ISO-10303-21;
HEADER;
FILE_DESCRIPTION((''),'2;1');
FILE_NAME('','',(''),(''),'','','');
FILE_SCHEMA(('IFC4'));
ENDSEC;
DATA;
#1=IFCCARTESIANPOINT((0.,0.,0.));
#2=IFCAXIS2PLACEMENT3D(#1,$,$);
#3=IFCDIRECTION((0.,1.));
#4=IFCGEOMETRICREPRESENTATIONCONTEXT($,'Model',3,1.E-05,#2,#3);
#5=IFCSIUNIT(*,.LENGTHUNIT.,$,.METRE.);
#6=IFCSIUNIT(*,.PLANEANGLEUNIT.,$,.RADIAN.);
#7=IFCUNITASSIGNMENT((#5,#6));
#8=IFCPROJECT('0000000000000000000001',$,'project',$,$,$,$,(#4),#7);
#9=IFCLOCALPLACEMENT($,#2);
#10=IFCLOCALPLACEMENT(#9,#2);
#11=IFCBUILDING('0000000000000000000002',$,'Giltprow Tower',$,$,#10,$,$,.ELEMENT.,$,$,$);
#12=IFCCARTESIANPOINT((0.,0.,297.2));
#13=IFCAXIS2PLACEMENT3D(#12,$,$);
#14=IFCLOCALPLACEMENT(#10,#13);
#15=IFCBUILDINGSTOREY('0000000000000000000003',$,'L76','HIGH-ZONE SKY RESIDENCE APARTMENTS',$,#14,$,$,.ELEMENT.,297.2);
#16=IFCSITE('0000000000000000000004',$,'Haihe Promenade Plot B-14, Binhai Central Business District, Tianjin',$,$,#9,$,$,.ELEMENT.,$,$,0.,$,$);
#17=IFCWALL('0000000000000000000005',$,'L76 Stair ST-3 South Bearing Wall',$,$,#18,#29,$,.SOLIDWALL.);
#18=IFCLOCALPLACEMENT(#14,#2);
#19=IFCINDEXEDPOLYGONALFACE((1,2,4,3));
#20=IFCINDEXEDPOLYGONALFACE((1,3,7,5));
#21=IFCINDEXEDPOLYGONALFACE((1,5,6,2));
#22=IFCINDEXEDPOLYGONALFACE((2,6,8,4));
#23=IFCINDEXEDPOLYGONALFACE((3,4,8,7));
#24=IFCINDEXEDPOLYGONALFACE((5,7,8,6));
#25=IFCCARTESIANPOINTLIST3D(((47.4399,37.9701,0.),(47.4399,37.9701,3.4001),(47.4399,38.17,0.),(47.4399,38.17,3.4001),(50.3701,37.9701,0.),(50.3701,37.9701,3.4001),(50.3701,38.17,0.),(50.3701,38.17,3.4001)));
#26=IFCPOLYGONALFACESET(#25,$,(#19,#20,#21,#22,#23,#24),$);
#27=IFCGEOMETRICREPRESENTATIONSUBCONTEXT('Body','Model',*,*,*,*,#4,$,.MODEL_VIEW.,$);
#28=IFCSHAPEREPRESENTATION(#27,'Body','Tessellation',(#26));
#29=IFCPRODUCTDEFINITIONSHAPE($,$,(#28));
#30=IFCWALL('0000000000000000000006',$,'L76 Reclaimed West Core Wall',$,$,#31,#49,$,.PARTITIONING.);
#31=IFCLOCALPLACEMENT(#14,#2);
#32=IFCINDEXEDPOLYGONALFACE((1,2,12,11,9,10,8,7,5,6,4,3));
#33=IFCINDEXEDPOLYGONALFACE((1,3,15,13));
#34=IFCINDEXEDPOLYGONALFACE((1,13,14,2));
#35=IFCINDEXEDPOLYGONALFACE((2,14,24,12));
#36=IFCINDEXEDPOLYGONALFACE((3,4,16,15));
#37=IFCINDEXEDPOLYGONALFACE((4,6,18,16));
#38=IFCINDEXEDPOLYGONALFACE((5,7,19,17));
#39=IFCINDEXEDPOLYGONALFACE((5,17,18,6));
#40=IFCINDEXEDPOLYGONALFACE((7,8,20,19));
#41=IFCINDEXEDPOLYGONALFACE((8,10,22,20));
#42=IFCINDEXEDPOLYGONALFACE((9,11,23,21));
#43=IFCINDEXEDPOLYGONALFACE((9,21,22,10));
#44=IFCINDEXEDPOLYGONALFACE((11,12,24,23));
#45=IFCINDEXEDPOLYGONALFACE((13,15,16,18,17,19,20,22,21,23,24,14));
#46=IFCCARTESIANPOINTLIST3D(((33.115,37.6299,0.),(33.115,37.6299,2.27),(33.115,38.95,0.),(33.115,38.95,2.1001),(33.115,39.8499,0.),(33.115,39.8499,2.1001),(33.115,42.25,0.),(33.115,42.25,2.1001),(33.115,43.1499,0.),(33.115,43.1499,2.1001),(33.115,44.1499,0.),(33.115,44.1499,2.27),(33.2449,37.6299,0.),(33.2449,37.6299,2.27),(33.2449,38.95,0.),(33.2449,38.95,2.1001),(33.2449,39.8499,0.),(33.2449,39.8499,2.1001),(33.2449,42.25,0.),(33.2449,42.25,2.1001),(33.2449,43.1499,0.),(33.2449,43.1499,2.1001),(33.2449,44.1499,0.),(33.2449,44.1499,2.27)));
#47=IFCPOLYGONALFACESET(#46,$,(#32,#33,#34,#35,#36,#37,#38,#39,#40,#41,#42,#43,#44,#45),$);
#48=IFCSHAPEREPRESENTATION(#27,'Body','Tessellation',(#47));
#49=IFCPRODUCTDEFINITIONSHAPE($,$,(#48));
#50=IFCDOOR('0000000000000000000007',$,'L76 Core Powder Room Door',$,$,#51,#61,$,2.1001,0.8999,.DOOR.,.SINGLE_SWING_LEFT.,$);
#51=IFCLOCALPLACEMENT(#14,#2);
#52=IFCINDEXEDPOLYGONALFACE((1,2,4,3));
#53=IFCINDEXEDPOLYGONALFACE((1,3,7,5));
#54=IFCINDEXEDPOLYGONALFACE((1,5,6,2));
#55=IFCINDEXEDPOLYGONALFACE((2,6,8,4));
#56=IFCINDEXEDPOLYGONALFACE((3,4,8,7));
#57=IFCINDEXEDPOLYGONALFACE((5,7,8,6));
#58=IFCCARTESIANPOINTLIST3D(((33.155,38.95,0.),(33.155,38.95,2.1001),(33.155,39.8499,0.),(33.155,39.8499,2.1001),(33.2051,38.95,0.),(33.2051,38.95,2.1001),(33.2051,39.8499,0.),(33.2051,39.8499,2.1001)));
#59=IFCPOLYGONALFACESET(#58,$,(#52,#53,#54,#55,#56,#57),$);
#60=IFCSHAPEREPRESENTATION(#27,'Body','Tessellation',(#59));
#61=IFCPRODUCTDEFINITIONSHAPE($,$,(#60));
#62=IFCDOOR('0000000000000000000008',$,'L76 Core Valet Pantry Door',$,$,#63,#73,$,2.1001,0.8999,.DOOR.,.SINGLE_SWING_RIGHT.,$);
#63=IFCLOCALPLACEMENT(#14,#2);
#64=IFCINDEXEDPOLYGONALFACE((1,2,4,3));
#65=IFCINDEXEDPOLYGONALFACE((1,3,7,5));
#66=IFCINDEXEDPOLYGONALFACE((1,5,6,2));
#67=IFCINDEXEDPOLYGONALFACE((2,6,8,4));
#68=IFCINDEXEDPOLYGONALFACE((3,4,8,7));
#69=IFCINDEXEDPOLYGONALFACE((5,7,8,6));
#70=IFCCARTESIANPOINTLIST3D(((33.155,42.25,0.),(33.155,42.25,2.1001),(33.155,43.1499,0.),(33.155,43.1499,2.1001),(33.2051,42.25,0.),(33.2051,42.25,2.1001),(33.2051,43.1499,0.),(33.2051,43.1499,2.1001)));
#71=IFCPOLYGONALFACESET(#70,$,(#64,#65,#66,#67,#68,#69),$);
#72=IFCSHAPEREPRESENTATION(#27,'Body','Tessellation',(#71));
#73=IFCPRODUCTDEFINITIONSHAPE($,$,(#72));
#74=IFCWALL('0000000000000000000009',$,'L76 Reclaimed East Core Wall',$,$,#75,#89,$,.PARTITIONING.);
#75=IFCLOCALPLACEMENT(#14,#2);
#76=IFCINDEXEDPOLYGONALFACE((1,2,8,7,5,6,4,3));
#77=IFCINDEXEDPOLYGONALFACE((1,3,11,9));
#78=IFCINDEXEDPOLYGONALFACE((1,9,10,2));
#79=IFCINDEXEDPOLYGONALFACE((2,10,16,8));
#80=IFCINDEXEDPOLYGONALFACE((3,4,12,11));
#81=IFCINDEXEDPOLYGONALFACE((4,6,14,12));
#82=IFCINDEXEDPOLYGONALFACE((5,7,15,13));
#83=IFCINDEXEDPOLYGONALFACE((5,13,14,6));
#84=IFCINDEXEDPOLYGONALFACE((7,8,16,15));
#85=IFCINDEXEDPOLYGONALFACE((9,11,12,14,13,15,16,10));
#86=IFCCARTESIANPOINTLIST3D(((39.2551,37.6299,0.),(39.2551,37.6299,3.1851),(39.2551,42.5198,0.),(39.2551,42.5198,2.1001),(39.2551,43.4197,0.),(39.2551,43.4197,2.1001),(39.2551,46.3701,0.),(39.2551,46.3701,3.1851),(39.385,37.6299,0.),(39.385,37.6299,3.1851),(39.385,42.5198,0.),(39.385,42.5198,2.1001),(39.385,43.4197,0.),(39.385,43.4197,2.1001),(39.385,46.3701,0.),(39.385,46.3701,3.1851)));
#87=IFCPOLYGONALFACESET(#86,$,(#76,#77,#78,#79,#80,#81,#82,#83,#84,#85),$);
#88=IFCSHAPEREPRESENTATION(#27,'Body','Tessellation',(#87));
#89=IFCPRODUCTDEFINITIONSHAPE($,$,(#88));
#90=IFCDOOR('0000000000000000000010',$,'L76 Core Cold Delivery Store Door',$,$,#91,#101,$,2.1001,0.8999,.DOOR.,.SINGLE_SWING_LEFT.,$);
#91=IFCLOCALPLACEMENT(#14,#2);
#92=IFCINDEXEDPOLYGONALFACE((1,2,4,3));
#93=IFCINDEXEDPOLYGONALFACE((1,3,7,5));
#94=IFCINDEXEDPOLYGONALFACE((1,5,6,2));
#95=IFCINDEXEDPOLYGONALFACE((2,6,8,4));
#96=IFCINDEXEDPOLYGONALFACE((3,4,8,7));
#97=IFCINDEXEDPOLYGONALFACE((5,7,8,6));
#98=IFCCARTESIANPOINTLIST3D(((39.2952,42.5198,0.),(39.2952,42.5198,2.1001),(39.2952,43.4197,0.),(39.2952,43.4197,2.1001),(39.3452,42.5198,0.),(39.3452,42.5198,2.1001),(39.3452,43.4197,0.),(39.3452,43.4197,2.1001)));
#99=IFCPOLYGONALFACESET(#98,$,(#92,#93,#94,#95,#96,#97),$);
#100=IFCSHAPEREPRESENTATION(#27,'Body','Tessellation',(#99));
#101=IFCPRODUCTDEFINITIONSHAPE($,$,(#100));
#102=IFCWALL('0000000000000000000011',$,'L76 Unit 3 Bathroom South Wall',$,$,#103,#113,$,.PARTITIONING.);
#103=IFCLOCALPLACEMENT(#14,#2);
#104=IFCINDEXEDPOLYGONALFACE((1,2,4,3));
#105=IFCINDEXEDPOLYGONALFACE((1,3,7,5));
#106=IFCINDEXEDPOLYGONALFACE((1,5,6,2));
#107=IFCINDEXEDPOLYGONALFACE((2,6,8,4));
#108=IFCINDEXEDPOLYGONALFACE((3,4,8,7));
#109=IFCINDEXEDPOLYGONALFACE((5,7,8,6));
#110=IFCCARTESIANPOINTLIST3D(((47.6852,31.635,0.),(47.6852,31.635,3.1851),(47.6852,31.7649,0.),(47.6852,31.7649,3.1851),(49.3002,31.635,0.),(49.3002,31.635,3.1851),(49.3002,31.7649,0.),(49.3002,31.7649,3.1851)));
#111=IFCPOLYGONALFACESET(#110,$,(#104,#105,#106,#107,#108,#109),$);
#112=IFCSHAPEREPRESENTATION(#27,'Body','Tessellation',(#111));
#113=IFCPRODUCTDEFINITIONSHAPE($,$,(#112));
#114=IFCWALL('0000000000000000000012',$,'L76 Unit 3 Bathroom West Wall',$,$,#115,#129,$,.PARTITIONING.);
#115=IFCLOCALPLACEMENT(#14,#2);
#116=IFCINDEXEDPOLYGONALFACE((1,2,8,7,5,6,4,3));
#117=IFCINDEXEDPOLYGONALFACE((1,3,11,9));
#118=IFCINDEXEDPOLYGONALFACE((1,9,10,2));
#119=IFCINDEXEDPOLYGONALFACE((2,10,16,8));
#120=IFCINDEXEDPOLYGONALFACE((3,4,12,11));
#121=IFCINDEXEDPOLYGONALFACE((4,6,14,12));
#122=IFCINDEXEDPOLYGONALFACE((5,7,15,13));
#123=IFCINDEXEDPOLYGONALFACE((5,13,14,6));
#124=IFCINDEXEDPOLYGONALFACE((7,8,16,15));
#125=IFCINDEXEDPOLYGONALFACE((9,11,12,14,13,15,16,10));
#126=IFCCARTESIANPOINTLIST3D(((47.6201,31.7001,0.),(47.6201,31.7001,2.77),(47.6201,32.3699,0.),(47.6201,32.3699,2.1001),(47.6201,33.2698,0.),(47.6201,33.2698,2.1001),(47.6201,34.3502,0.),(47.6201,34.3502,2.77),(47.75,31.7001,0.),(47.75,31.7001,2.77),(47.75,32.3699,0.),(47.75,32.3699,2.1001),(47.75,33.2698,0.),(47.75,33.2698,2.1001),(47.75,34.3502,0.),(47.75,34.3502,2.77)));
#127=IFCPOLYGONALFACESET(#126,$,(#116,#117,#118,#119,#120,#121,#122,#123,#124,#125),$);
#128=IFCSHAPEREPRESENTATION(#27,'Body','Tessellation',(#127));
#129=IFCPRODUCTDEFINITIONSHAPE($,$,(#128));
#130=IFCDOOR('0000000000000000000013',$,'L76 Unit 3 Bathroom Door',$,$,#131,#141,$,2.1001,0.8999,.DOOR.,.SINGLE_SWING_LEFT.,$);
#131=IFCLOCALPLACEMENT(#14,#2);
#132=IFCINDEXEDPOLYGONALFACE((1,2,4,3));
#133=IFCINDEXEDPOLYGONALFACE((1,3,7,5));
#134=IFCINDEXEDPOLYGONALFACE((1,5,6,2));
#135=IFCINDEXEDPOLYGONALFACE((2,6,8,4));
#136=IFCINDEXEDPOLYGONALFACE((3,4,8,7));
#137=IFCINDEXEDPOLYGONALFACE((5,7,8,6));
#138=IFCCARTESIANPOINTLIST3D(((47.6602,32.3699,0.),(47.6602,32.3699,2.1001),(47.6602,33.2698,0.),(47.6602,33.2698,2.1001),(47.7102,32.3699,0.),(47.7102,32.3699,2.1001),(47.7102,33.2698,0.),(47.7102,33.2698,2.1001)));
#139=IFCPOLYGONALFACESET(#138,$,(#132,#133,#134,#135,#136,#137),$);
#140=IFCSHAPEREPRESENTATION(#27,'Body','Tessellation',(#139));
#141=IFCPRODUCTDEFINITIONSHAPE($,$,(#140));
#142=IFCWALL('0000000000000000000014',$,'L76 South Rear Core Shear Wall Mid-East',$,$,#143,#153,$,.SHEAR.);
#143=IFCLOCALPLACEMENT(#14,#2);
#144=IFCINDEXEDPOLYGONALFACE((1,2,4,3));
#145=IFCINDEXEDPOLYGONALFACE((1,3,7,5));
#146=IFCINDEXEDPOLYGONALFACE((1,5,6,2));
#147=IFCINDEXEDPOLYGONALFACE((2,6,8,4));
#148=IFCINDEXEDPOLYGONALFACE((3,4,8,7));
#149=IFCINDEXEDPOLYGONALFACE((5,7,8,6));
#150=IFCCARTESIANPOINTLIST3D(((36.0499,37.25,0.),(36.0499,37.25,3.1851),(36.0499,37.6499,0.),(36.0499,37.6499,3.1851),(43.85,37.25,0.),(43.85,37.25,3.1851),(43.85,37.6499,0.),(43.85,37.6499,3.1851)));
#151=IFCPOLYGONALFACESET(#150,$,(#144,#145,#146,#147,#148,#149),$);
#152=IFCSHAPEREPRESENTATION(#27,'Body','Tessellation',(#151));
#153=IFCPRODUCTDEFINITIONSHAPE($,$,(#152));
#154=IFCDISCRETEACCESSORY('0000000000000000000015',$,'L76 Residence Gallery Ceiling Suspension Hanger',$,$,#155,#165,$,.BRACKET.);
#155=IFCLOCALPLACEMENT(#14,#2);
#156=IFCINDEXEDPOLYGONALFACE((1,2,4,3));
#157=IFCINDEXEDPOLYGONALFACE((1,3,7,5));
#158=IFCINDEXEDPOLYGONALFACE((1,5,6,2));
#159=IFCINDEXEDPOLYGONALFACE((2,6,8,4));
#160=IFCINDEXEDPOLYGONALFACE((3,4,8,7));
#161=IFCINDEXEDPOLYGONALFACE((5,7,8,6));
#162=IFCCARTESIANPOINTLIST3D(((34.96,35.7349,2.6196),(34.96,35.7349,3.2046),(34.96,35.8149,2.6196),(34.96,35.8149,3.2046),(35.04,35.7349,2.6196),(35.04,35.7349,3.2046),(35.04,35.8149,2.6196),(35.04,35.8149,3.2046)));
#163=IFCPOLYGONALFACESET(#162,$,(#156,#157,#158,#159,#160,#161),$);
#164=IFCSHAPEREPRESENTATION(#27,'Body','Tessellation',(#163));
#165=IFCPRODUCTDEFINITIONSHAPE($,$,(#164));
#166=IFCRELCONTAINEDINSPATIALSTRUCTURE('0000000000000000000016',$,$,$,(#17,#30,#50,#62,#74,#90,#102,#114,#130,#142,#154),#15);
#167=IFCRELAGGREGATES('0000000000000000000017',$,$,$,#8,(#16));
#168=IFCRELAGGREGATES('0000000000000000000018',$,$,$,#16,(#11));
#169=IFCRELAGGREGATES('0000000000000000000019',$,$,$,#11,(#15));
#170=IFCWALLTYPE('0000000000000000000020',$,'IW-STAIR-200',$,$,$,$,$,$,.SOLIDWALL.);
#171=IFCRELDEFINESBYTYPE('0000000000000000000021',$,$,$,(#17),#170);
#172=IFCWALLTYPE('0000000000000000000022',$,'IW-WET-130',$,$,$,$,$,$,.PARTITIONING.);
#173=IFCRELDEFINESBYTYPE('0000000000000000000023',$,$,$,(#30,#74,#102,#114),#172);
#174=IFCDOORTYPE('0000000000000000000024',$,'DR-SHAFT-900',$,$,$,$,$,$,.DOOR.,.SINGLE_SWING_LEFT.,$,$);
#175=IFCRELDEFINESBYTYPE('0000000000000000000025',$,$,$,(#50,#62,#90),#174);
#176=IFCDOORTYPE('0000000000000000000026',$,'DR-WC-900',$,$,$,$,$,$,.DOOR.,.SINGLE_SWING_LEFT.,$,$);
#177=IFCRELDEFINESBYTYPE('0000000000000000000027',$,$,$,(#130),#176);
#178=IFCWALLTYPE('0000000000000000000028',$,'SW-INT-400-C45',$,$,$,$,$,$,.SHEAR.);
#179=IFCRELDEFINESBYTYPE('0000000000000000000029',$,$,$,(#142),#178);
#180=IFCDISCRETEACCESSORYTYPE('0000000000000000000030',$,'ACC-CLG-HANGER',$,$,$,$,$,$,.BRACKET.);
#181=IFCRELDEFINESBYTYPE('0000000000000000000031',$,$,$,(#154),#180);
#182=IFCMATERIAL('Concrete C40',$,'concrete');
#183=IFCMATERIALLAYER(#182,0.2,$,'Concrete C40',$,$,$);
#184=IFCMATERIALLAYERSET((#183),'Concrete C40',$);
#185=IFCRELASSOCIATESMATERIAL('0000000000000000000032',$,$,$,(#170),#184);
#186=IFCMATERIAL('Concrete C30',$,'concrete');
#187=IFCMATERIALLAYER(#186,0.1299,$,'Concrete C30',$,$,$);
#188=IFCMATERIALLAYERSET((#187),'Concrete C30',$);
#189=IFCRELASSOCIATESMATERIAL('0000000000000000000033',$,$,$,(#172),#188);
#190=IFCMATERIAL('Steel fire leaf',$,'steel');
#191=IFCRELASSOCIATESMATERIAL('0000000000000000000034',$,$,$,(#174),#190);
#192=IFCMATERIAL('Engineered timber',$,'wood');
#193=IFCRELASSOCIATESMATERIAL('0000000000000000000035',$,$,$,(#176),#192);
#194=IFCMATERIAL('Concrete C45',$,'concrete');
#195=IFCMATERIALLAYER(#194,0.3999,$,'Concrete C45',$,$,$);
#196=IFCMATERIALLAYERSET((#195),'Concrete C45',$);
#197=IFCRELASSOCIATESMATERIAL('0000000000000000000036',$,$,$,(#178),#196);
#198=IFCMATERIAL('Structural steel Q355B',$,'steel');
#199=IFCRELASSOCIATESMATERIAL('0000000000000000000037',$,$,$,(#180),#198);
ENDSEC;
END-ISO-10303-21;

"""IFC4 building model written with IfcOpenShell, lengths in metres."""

from ifc_helpers import new_model, si_unit, direction, frame, frame_2d, origin, origin_2d, place, context, subcontext, project, spatial, rectangle, extrude, source, transform, mapped, material, layer, layer_set, type_object, element, fill, save


model = new_model("IFC4")

# Units and contexts
model_context = context("Model", 3, precision=1e-05, world=origin(), true_north=direction((0.0, 1.0)))
body_context = subcontext(model_context, "Body", "Model", "MODEL_VIEW")
ifc_project = project(units=[si_unit("LENGTHUNIT", "METRE"), si_unit("PLANEANGLEUNIT", "RADIAN")], contexts=[model_context])

# Site, building, storey
site_placement = place(None, origin())
site = spatial("IfcSite", under=ifc_project, at=site_placement, Name="Haihe Promenade Plot B-14, Binhai Central Business District, Tianjin", CompositionType="ELEMENT", RefElevation=0.0)
building_placement = place(site_placement, origin())
building = spatial("IfcBuilding", under=site, at=building_placement, Name="Giltprow Tower", CompositionType="ELEMENT")
storey_placement = place(building_placement, frame((0.0, 0.0, 297.2)))
storey = spatial("IfcBuildingStorey", under=building, at=storey_placement, Name="L76", Description="HIGH-ZONE SKY RESIDENCE APARTMENTS", CompositionType="ELEMENT", Elevation=297.2)

# Shared definitions
ifc_material_1 = material(Name="Concrete C45", Category="concrete")

# Shared definitions
ifc_material_2 = material(Name="Structural steel Q355B", Category="steel")

# Shared definitions
ifc_material_3 = material(Name="Concrete C40", Category="concrete")

# Shared definitions
ifc_layer_1 = layer(ifc_material_3, 0.2, Name="Concrete C40")
ifc_layer_set_1 = layer_set([ifc_layer_1], Name="Concrete C40")
wall_type_1 = type_object("IfcWallType", Name="IW-STAIR-200", PredefinedType="SOLIDWALL", material=ifc_layer_set_1)
ifc_material_4 = material(Name="Steel fire leaf", Category="steel")

# Wall
wall_1_placement = place(storey_placement, frame((47.4399, 38.0701, 0.0), z_axis=(0.0, 0.0, 1.0), x_axis=(1.0, 0.0, 0.0)))
element("IfcWall", 1, at=wall_1_placement, inside=storey, type_object=wall_type_1, Name="L76 Stair ST-3 South Bearing Wall", PredefinedType="SOLIDWALL", context=body_context, shape_type="SweptSolid", body=[
    extrude(rectangle(XDim=2.9302, YDim=0.2, at=frame_2d((1.4651, 0.0))), origin(), (0.0, 0.0, 1.0), 3.4001),
])

# Wall, openings, doors
ifc_material_5 = material(Name="Concrete C30", Category="concrete")
ifc_layer_2 = layer(ifc_material_5, 0.1299, Name="Concrete C30")
ifc_layer_set_2 = layer_set([ifc_layer_2], Name="Concrete C30")
wall_type_2 = type_object("IfcWallType", Name="IW-WET-130", PredefinedType="PARTITIONING", material=ifc_layer_set_2)
wall_2_placement = place(storey_placement, frame((33.1799, 37.6299, 0.0), z_axis=(0.0, 0.0, 1.0), x_axis=(0.0, 1.0, 0.0)))
wall_2 = element("IfcWall", 2, at=wall_2_placement, inside=storey, type_object=wall_type_2, Name="L76 Reclaimed West Core Wall", PredefinedType="PARTITIONING", context=body_context, shape_type="SweptSolid", body=[
    extrude(rectangle(XDim=6.52, YDim=0.1299, at=frame_2d((3.26, 0.0))), origin(), (0.0, 0.0, 1.0), 2.27),
])
opening_1_placement = place(wall_2_placement, frame((1.3201, 0.0, 0.0)))
opening_1 = element("IfcOpeningElement", 3, at=opening_1_placement, cuts=wall_2, PredefinedType="OPENING", context=body_context, shape_type="SweptSolid", body=[
    extrude(rectangle(XDim=0.8999, YDim=2.1001, at=frame_2d((0.45, 1.05))), frame((0.0, 0.075, 0.0), z_axis=(0.0, -1.0, 0.0), x_axis=(1.0, 0.0, 0.0)), (0.0, 0.0, 1.0), 0.1499),
])
opening_2_placement = place(wall_2_placement, frame((4.6201, 0.0, 0.0)))
opening_2 = element("IfcOpeningElement", 4, at=opening_2_placement, cuts=wall_2, PredefinedType="OPENING", context=body_context, shape_type="SweptSolid", body=[
    extrude(rectangle(XDim=0.8999, YDim=2.1001, at=frame_2d((0.45, 1.05))), frame((0.0, 0.075, 0.0), z_axis=(0.0, -1.0, 0.0), x_axis=(1.0, 0.0, 0.0)), (0.0, 0.0, 1.0), 0.1499),
])
door_type_1 = type_object("IfcDoorType", Name="DR-SHAFT-900", OperationType="SINGLE_SWING_LEFT", PredefinedType="DOOR", material=ifc_material_4)
shared_shape_1 = source(origin(), body_context, "Body", "SweptSolid", [
    extrude(rectangle(XDim=0.8999, YDim=2.1001, at=frame_2d((0.45, 1.05))), frame((0.0, 0.0249, 0.0), z_axis=(0.0, -1.0, 0.0), x_axis=(1.0, 0.0, 0.0)), (0.0, 0.0, 1.0), 0.05),
])
door_1_placement = place(opening_1_placement, origin())
door_1 = element("IfcDoor", 5, at=door_1_placement, inside=storey, type_object=door_type_1, Name="L76 Core Powder Room Door", OperationType="SINGLE_SWING_LEFT", OverallHeight=2.1001, OverallWidth=0.8999, PredefinedType="DOOR", context=body_context, shape_type="MappedRepresentation", body=[
    mapped(shared_shape_1, transform((0.0, 0.0, 0.0), x_axis=(1.0, 0.0, 0.0), y_axis=(0.0, 1.0, 0.0), z_axis=(0.0, 0.0, 1.0), scale=1.0)),
])
fill(opening_1, door_1)
door_2_placement = place(opening_2_placement, origin())
door_2 = element("IfcDoor", 6, at=door_2_placement, inside=storey, type_object=door_type_1, Name="L76 Core Valet Pantry Door", OperationType="SINGLE_SWING_RIGHT", OverallHeight=2.1001, OverallWidth=0.8999, PredefinedType="DOOR", context=body_context, shape_type="MappedRepresentation", body=[
    mapped(shared_shape_1, transform((0.0, 0.0, 0.0), x_axis=(1.0, 0.0, 0.0), y_axis=(0.0, 1.0, 0.0), z_axis=(0.0, 0.0, 1.0), scale=1.0)),
])
fill(opening_2, door_2)

# Wall, opening, door
wall_3_placement = place(storey_placement, frame((39.3201, 37.6299, 0.0), z_axis=(0.0, 0.0, 1.0), x_axis=(0.0, 1.0, 0.0)))
wall_3 = element("IfcWall", 7, at=wall_3_placement, inside=storey, type_object=wall_type_2, Name="L76 Reclaimed East Core Wall", PredefinedType="PARTITIONING", context=body_context, shape_type="SweptSolid", body=[
    extrude(rectangle(XDim=8.7402, YDim=0.1299, at=frame_2d((4.3701, 0.0))), origin(), (0.0, 0.0, 1.0), 3.1851),
])
opening_3_placement = place(wall_3_placement, frame((4.8899, 0.0, 0.0)))
opening_3 = element("IfcOpeningElement", 8, at=opening_3_placement, cuts=wall_3, PredefinedType="OPENING", context=body_context, shape_type="SweptSolid", body=[
    extrude(rectangle(XDim=0.8999, YDim=2.1001, at=frame_2d((0.45, 1.05))), frame((0.0, 0.075, 0.0), z_axis=(0.0, -1.0, 0.0), x_axis=(1.0, 0.0, 0.0)), (0.0, 0.0, 1.0), 0.1499),
])
door_3_placement = place(opening_3_placement, origin())
door_3 = element("IfcDoor", 9, at=door_3_placement, inside=storey, type_object=door_type_1, Name="L76 Core Cold Delivery Store Door", OperationType="SINGLE_SWING_LEFT", OverallHeight=2.1001, OverallWidth=0.8999, PredefinedType="DOOR", context=body_context, shape_type="MappedRepresentation", body=[
    mapped(shared_shape_1, transform((0.0, 0.0, 0.0), x_axis=(1.0, 0.0, 0.0), y_axis=(0.0, 1.0, 0.0), z_axis=(0.0, 0.0, 1.0), scale=1.0)),
])
fill(opening_3, door_3)

# Wall
wall_4_placement = place(storey_placement, frame((47.6851, 31.7, 0.0), z_axis=(0.0, 0.0, 1.0), x_axis=(1.0, 0.0, 0.0)))
element("IfcWall", 10, at=wall_4_placement, inside=storey, type_object=wall_type_2, Name="L76 Unit 3 Bathroom South Wall", PredefinedType="PARTITIONING", context=body_context, shape_type="SweptSolid", body=[
    extrude(rectangle(XDim=1.615, YDim=0.1299, at=frame_2d((0.8076, 0.0))), origin(), (0.0, 0.0, 1.0), 3.1851),
])

# Wall, opening, door
wall_5_placement = place(storey_placement, frame((47.6851, 31.7, 0.0), z_axis=(0.0, 0.0, 1.0), x_axis=(0.0, 1.0, 0.0)))
wall_5 = element("IfcWall", 11, at=wall_5_placement, inside=storey, type_object=wall_type_2, Name="L76 Unit 3 Bathroom West Wall", PredefinedType="PARTITIONING", context=body_context, shape_type="SweptSolid", body=[
    extrude(rectangle(XDim=2.6501, YDim=0.1299, at=frame_2d((1.3252, 0.0))), origin(), (0.0, 0.0, 1.0), 2.77),
])
opening_4_placement = place(wall_5_placement, frame((0.6699, 0.0, 0.0)))
opening_4 = element("IfcOpeningElement", 12, at=opening_4_placement, cuts=wall_5, PredefinedType="OPENING", context=body_context, shape_type="SweptSolid", body=[
    extrude(rectangle(XDim=0.8999, YDim=2.1001, at=frame_2d((0.45, 1.05))), frame((0.0, 0.075, 0.0), z_axis=(0.0, -1.0, 0.0), x_axis=(1.0, 0.0, 0.0)), (0.0, 0.0, 1.0), 0.1499),
])
ifc_material_6 = material(Name="Engineered timber", Category="wood")
door_type_2 = type_object("IfcDoorType", Name="DR-WC-900", OperationType="SINGLE_SWING_LEFT", PredefinedType="DOOR", material=ifc_material_6)
door_4_placement = place(opening_4_placement, origin())
door_4 = element("IfcDoor", 13, at=door_4_placement, inside=storey, type_object=door_type_2, Name="L76 Unit 3 Bathroom Door", OperationType="SINGLE_SWING_LEFT", OverallHeight=2.1001, OverallWidth=0.8999, PredefinedType="DOOR", context=body_context, shape_type="MappedRepresentation", body=[
    mapped(shared_shape_1, transform((0.0, 0.0, 0.0), x_axis=(1.0, 0.0, 0.0), y_axis=(0.0, 1.0, 0.0), z_axis=(0.0, 0.0, 1.0), scale=1.0)),
])
fill(opening_4, door_4)

# Wall
ifc_layer_3 = layer(ifc_material_1, 0.3999, Name="Concrete C45")
ifc_layer_set_3 = layer_set([ifc_layer_3], Name="Concrete C45")
wall_type_3 = type_object("IfcWallType", Name="SW-INT-400-C45", PredefinedType="SHEAR", material=ifc_layer_set_3)
wall_6_placement = place(storey_placement, frame((36.05, 37.45, 0.0), z_axis=(0.0, 0.0, 1.0), x_axis=(1.0, 0.0, 0.0)))
element("IfcWall", 14, at=wall_6_placement, inside=storey, type_object=wall_type_3, Name="L76 South Rear Core Shear Wall Mid-East", PredefinedType="SHEAR", context=body_context, shape_type="SweptSolid", body=[
    extrude(rectangle(XDim=7.8, YDim=0.3999, at=frame_2d((3.8999, 0.0))), origin(), (0.0, 0.0, 1.0), 3.1851),
])

# Discrete accessory
discrete_accessory_type = type_object("IfcDiscreteAccessoryType", Name="ACC-CLG-HANGER", PredefinedType="BRACKET", material=ifc_material_2)
shared_shape_2 = source(origin(), body_context, "Body", "SweptSolid", [
    extrude(rectangle(XDim=0.0801, YDim=0.0801, at=origin_2d()), origin(), (0.0, 0.0, 1.0), 0.585),
])
discrete_accessory_placement = place(storey_placement, frame((35.0, 35.7749, 2.6196), z_axis=(0.0, 0.0, 1.0), x_axis=(1.0, 0.0, 0.0)))
element("IfcDiscreteAccessory", 15, at=discrete_accessory_placement, inside=storey, type_object=discrete_accessory_type, Name="L76 Residence Gallery Ceiling Suspension Hanger", PredefinedType="BRACKET", context=body_context, shape_type="MappedRepresentation", body=[
    mapped(shared_shape_2, transform((0.0, 0.0, 0.0), x_axis=(1.0, 0.0, 0.0), y_axis=(0.0, 1.0, 0.0), z_axis=(0.0, 0.0, 1.0), scale=1.0)),
])

save(model, "model.ifc")
